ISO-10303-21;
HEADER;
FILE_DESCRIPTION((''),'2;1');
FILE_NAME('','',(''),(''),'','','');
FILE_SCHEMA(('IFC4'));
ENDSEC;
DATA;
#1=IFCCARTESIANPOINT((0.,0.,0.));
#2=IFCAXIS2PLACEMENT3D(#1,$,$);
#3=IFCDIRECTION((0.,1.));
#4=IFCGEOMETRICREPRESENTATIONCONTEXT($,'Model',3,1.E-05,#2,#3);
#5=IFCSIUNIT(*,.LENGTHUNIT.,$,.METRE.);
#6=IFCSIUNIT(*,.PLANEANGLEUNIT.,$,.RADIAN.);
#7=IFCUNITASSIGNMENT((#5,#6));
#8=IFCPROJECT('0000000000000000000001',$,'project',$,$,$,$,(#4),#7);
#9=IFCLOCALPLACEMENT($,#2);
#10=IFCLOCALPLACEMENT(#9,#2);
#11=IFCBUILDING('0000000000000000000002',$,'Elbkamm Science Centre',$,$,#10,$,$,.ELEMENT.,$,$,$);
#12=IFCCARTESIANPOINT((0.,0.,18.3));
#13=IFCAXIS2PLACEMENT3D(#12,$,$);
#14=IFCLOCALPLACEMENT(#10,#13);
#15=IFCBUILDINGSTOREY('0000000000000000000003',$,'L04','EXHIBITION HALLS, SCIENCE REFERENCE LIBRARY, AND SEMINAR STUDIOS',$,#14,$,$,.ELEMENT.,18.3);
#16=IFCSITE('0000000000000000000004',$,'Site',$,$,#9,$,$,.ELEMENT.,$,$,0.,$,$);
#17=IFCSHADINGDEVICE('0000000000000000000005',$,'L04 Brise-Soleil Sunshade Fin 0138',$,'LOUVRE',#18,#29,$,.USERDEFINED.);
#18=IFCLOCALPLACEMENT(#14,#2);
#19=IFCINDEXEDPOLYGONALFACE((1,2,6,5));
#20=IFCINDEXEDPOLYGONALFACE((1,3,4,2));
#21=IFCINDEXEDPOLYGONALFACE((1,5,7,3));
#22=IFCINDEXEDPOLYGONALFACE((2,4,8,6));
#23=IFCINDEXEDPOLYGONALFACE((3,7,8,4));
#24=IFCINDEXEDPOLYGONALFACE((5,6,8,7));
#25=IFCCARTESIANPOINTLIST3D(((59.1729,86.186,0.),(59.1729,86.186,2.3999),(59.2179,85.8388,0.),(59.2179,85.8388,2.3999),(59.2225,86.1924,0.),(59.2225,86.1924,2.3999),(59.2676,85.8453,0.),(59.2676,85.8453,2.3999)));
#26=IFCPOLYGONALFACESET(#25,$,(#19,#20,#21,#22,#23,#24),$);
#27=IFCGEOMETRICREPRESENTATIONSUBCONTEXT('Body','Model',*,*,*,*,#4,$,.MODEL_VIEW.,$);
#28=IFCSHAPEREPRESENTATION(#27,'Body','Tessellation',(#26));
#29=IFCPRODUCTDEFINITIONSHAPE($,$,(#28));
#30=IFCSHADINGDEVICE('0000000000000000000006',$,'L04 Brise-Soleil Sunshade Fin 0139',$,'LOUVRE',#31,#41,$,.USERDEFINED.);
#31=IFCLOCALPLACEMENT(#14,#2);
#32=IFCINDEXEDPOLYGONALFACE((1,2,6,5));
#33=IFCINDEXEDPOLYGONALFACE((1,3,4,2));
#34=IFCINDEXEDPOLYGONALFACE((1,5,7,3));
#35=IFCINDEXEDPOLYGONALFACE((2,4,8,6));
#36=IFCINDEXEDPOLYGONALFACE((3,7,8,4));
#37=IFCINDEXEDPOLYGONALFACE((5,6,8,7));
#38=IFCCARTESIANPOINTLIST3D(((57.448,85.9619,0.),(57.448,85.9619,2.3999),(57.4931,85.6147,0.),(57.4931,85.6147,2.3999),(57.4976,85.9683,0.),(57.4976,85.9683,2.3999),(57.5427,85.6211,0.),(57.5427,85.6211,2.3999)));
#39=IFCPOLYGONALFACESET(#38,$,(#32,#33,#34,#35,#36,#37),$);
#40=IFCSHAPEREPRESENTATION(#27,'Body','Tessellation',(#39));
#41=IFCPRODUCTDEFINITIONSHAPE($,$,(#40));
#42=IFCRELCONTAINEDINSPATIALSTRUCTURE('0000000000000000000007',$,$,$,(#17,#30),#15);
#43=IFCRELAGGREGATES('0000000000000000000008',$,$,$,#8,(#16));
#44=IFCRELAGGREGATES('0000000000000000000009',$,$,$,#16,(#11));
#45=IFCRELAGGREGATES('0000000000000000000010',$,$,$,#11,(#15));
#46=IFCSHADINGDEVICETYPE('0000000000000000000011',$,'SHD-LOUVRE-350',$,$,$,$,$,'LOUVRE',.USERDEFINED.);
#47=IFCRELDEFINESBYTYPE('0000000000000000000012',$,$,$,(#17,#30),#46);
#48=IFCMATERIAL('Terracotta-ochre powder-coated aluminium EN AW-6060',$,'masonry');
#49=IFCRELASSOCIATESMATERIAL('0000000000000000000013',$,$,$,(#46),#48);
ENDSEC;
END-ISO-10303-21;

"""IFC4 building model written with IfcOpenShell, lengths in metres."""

from ifc_helpers import new_model, si_unit, direction, frame, origin, origin_2d, place, context, subcontext, project, spatial, rectangle, extrude, material, type_object, element, save


model = new_model("IFC4")

# Units and contexts
model_context = context("Model", 3, precision=1e-05, world=origin(), true_north=direction((0.0, 1.0)))
body_context = subcontext(model_context, "Body", "Model", "MODEL_VIEW")
ifc_project = project(units=[si_unit("LENGTHUNIT", "METRE"), si_unit("PLANEANGLEUNIT", "RADIAN")], contexts=[model_context])

# Site, building, storey
site_placement = place(None, origin())
site = spatial("IfcSite", under=ifc_project, at=site_placement, Name="Site", CompositionType="ELEMENT", RefElevation=0.0)
building_placement = place(site_placement, origin())
building = spatial("IfcBuilding", under=site, at=building_placement, Name="Elbkamm Science Centre", CompositionType="ELEMENT")
storey_placement = place(building_placement, frame((0.0, 0.0, 18.3)))
storey = spatial("IfcBuildingStorey", under=building, at=storey_placement, Name="L04", Description="EXHIBITION HALLS, SCIENCE REFERENCE LIBRARY, AND SEMINAR STUDIOS", CompositionType="ELEMENT", Elevation=18.3)

# Shading devices
ifc_material_1 = material(Name="Terracotta-ochre powder-coated aluminium EN AW-6060", Category="masonry")
shading_device_type = type_object("IfcShadingDeviceType", Name="SHD-LOUVRE-350", ElementType="LOUVRE", PredefinedType="USERDEFINED", material=ifc_material_1)
for number, where, z_axis, x_axis, name in (
    (1, (59.2202, 86.0156, 0.0), (0.0, 0.0, 1.0), (-0.128749, 0.991677, 0.0), "L04 Brise-Soleil Sunshade Fin 0138"),
    (2, (57.4954, 85.7915, 0.0), (0.0, 0.0, 1.0), (-0.128749, 0.991677, 0.0), "L04 Brise-Soleil Sunshade Fin 0139"),
):
    element("IfcShadingDevice", number, at=place(storey_placement, frame(where, z_axis=z_axis, x_axis=x_axis)), inside=storey, type_object=shading_device_type, Name=name, ObjectType="LOUVRE", PredefinedType="USERDEFINED", context=body_context, shape_type="SweptSolid", body=[
        extrude(rectangle(XDim=0.3501, YDim=0.05, at=origin_2d()), origin(), (0.0, 0.0, 1.0), 2.3999),
    ])

save(model, "model.ifc")
